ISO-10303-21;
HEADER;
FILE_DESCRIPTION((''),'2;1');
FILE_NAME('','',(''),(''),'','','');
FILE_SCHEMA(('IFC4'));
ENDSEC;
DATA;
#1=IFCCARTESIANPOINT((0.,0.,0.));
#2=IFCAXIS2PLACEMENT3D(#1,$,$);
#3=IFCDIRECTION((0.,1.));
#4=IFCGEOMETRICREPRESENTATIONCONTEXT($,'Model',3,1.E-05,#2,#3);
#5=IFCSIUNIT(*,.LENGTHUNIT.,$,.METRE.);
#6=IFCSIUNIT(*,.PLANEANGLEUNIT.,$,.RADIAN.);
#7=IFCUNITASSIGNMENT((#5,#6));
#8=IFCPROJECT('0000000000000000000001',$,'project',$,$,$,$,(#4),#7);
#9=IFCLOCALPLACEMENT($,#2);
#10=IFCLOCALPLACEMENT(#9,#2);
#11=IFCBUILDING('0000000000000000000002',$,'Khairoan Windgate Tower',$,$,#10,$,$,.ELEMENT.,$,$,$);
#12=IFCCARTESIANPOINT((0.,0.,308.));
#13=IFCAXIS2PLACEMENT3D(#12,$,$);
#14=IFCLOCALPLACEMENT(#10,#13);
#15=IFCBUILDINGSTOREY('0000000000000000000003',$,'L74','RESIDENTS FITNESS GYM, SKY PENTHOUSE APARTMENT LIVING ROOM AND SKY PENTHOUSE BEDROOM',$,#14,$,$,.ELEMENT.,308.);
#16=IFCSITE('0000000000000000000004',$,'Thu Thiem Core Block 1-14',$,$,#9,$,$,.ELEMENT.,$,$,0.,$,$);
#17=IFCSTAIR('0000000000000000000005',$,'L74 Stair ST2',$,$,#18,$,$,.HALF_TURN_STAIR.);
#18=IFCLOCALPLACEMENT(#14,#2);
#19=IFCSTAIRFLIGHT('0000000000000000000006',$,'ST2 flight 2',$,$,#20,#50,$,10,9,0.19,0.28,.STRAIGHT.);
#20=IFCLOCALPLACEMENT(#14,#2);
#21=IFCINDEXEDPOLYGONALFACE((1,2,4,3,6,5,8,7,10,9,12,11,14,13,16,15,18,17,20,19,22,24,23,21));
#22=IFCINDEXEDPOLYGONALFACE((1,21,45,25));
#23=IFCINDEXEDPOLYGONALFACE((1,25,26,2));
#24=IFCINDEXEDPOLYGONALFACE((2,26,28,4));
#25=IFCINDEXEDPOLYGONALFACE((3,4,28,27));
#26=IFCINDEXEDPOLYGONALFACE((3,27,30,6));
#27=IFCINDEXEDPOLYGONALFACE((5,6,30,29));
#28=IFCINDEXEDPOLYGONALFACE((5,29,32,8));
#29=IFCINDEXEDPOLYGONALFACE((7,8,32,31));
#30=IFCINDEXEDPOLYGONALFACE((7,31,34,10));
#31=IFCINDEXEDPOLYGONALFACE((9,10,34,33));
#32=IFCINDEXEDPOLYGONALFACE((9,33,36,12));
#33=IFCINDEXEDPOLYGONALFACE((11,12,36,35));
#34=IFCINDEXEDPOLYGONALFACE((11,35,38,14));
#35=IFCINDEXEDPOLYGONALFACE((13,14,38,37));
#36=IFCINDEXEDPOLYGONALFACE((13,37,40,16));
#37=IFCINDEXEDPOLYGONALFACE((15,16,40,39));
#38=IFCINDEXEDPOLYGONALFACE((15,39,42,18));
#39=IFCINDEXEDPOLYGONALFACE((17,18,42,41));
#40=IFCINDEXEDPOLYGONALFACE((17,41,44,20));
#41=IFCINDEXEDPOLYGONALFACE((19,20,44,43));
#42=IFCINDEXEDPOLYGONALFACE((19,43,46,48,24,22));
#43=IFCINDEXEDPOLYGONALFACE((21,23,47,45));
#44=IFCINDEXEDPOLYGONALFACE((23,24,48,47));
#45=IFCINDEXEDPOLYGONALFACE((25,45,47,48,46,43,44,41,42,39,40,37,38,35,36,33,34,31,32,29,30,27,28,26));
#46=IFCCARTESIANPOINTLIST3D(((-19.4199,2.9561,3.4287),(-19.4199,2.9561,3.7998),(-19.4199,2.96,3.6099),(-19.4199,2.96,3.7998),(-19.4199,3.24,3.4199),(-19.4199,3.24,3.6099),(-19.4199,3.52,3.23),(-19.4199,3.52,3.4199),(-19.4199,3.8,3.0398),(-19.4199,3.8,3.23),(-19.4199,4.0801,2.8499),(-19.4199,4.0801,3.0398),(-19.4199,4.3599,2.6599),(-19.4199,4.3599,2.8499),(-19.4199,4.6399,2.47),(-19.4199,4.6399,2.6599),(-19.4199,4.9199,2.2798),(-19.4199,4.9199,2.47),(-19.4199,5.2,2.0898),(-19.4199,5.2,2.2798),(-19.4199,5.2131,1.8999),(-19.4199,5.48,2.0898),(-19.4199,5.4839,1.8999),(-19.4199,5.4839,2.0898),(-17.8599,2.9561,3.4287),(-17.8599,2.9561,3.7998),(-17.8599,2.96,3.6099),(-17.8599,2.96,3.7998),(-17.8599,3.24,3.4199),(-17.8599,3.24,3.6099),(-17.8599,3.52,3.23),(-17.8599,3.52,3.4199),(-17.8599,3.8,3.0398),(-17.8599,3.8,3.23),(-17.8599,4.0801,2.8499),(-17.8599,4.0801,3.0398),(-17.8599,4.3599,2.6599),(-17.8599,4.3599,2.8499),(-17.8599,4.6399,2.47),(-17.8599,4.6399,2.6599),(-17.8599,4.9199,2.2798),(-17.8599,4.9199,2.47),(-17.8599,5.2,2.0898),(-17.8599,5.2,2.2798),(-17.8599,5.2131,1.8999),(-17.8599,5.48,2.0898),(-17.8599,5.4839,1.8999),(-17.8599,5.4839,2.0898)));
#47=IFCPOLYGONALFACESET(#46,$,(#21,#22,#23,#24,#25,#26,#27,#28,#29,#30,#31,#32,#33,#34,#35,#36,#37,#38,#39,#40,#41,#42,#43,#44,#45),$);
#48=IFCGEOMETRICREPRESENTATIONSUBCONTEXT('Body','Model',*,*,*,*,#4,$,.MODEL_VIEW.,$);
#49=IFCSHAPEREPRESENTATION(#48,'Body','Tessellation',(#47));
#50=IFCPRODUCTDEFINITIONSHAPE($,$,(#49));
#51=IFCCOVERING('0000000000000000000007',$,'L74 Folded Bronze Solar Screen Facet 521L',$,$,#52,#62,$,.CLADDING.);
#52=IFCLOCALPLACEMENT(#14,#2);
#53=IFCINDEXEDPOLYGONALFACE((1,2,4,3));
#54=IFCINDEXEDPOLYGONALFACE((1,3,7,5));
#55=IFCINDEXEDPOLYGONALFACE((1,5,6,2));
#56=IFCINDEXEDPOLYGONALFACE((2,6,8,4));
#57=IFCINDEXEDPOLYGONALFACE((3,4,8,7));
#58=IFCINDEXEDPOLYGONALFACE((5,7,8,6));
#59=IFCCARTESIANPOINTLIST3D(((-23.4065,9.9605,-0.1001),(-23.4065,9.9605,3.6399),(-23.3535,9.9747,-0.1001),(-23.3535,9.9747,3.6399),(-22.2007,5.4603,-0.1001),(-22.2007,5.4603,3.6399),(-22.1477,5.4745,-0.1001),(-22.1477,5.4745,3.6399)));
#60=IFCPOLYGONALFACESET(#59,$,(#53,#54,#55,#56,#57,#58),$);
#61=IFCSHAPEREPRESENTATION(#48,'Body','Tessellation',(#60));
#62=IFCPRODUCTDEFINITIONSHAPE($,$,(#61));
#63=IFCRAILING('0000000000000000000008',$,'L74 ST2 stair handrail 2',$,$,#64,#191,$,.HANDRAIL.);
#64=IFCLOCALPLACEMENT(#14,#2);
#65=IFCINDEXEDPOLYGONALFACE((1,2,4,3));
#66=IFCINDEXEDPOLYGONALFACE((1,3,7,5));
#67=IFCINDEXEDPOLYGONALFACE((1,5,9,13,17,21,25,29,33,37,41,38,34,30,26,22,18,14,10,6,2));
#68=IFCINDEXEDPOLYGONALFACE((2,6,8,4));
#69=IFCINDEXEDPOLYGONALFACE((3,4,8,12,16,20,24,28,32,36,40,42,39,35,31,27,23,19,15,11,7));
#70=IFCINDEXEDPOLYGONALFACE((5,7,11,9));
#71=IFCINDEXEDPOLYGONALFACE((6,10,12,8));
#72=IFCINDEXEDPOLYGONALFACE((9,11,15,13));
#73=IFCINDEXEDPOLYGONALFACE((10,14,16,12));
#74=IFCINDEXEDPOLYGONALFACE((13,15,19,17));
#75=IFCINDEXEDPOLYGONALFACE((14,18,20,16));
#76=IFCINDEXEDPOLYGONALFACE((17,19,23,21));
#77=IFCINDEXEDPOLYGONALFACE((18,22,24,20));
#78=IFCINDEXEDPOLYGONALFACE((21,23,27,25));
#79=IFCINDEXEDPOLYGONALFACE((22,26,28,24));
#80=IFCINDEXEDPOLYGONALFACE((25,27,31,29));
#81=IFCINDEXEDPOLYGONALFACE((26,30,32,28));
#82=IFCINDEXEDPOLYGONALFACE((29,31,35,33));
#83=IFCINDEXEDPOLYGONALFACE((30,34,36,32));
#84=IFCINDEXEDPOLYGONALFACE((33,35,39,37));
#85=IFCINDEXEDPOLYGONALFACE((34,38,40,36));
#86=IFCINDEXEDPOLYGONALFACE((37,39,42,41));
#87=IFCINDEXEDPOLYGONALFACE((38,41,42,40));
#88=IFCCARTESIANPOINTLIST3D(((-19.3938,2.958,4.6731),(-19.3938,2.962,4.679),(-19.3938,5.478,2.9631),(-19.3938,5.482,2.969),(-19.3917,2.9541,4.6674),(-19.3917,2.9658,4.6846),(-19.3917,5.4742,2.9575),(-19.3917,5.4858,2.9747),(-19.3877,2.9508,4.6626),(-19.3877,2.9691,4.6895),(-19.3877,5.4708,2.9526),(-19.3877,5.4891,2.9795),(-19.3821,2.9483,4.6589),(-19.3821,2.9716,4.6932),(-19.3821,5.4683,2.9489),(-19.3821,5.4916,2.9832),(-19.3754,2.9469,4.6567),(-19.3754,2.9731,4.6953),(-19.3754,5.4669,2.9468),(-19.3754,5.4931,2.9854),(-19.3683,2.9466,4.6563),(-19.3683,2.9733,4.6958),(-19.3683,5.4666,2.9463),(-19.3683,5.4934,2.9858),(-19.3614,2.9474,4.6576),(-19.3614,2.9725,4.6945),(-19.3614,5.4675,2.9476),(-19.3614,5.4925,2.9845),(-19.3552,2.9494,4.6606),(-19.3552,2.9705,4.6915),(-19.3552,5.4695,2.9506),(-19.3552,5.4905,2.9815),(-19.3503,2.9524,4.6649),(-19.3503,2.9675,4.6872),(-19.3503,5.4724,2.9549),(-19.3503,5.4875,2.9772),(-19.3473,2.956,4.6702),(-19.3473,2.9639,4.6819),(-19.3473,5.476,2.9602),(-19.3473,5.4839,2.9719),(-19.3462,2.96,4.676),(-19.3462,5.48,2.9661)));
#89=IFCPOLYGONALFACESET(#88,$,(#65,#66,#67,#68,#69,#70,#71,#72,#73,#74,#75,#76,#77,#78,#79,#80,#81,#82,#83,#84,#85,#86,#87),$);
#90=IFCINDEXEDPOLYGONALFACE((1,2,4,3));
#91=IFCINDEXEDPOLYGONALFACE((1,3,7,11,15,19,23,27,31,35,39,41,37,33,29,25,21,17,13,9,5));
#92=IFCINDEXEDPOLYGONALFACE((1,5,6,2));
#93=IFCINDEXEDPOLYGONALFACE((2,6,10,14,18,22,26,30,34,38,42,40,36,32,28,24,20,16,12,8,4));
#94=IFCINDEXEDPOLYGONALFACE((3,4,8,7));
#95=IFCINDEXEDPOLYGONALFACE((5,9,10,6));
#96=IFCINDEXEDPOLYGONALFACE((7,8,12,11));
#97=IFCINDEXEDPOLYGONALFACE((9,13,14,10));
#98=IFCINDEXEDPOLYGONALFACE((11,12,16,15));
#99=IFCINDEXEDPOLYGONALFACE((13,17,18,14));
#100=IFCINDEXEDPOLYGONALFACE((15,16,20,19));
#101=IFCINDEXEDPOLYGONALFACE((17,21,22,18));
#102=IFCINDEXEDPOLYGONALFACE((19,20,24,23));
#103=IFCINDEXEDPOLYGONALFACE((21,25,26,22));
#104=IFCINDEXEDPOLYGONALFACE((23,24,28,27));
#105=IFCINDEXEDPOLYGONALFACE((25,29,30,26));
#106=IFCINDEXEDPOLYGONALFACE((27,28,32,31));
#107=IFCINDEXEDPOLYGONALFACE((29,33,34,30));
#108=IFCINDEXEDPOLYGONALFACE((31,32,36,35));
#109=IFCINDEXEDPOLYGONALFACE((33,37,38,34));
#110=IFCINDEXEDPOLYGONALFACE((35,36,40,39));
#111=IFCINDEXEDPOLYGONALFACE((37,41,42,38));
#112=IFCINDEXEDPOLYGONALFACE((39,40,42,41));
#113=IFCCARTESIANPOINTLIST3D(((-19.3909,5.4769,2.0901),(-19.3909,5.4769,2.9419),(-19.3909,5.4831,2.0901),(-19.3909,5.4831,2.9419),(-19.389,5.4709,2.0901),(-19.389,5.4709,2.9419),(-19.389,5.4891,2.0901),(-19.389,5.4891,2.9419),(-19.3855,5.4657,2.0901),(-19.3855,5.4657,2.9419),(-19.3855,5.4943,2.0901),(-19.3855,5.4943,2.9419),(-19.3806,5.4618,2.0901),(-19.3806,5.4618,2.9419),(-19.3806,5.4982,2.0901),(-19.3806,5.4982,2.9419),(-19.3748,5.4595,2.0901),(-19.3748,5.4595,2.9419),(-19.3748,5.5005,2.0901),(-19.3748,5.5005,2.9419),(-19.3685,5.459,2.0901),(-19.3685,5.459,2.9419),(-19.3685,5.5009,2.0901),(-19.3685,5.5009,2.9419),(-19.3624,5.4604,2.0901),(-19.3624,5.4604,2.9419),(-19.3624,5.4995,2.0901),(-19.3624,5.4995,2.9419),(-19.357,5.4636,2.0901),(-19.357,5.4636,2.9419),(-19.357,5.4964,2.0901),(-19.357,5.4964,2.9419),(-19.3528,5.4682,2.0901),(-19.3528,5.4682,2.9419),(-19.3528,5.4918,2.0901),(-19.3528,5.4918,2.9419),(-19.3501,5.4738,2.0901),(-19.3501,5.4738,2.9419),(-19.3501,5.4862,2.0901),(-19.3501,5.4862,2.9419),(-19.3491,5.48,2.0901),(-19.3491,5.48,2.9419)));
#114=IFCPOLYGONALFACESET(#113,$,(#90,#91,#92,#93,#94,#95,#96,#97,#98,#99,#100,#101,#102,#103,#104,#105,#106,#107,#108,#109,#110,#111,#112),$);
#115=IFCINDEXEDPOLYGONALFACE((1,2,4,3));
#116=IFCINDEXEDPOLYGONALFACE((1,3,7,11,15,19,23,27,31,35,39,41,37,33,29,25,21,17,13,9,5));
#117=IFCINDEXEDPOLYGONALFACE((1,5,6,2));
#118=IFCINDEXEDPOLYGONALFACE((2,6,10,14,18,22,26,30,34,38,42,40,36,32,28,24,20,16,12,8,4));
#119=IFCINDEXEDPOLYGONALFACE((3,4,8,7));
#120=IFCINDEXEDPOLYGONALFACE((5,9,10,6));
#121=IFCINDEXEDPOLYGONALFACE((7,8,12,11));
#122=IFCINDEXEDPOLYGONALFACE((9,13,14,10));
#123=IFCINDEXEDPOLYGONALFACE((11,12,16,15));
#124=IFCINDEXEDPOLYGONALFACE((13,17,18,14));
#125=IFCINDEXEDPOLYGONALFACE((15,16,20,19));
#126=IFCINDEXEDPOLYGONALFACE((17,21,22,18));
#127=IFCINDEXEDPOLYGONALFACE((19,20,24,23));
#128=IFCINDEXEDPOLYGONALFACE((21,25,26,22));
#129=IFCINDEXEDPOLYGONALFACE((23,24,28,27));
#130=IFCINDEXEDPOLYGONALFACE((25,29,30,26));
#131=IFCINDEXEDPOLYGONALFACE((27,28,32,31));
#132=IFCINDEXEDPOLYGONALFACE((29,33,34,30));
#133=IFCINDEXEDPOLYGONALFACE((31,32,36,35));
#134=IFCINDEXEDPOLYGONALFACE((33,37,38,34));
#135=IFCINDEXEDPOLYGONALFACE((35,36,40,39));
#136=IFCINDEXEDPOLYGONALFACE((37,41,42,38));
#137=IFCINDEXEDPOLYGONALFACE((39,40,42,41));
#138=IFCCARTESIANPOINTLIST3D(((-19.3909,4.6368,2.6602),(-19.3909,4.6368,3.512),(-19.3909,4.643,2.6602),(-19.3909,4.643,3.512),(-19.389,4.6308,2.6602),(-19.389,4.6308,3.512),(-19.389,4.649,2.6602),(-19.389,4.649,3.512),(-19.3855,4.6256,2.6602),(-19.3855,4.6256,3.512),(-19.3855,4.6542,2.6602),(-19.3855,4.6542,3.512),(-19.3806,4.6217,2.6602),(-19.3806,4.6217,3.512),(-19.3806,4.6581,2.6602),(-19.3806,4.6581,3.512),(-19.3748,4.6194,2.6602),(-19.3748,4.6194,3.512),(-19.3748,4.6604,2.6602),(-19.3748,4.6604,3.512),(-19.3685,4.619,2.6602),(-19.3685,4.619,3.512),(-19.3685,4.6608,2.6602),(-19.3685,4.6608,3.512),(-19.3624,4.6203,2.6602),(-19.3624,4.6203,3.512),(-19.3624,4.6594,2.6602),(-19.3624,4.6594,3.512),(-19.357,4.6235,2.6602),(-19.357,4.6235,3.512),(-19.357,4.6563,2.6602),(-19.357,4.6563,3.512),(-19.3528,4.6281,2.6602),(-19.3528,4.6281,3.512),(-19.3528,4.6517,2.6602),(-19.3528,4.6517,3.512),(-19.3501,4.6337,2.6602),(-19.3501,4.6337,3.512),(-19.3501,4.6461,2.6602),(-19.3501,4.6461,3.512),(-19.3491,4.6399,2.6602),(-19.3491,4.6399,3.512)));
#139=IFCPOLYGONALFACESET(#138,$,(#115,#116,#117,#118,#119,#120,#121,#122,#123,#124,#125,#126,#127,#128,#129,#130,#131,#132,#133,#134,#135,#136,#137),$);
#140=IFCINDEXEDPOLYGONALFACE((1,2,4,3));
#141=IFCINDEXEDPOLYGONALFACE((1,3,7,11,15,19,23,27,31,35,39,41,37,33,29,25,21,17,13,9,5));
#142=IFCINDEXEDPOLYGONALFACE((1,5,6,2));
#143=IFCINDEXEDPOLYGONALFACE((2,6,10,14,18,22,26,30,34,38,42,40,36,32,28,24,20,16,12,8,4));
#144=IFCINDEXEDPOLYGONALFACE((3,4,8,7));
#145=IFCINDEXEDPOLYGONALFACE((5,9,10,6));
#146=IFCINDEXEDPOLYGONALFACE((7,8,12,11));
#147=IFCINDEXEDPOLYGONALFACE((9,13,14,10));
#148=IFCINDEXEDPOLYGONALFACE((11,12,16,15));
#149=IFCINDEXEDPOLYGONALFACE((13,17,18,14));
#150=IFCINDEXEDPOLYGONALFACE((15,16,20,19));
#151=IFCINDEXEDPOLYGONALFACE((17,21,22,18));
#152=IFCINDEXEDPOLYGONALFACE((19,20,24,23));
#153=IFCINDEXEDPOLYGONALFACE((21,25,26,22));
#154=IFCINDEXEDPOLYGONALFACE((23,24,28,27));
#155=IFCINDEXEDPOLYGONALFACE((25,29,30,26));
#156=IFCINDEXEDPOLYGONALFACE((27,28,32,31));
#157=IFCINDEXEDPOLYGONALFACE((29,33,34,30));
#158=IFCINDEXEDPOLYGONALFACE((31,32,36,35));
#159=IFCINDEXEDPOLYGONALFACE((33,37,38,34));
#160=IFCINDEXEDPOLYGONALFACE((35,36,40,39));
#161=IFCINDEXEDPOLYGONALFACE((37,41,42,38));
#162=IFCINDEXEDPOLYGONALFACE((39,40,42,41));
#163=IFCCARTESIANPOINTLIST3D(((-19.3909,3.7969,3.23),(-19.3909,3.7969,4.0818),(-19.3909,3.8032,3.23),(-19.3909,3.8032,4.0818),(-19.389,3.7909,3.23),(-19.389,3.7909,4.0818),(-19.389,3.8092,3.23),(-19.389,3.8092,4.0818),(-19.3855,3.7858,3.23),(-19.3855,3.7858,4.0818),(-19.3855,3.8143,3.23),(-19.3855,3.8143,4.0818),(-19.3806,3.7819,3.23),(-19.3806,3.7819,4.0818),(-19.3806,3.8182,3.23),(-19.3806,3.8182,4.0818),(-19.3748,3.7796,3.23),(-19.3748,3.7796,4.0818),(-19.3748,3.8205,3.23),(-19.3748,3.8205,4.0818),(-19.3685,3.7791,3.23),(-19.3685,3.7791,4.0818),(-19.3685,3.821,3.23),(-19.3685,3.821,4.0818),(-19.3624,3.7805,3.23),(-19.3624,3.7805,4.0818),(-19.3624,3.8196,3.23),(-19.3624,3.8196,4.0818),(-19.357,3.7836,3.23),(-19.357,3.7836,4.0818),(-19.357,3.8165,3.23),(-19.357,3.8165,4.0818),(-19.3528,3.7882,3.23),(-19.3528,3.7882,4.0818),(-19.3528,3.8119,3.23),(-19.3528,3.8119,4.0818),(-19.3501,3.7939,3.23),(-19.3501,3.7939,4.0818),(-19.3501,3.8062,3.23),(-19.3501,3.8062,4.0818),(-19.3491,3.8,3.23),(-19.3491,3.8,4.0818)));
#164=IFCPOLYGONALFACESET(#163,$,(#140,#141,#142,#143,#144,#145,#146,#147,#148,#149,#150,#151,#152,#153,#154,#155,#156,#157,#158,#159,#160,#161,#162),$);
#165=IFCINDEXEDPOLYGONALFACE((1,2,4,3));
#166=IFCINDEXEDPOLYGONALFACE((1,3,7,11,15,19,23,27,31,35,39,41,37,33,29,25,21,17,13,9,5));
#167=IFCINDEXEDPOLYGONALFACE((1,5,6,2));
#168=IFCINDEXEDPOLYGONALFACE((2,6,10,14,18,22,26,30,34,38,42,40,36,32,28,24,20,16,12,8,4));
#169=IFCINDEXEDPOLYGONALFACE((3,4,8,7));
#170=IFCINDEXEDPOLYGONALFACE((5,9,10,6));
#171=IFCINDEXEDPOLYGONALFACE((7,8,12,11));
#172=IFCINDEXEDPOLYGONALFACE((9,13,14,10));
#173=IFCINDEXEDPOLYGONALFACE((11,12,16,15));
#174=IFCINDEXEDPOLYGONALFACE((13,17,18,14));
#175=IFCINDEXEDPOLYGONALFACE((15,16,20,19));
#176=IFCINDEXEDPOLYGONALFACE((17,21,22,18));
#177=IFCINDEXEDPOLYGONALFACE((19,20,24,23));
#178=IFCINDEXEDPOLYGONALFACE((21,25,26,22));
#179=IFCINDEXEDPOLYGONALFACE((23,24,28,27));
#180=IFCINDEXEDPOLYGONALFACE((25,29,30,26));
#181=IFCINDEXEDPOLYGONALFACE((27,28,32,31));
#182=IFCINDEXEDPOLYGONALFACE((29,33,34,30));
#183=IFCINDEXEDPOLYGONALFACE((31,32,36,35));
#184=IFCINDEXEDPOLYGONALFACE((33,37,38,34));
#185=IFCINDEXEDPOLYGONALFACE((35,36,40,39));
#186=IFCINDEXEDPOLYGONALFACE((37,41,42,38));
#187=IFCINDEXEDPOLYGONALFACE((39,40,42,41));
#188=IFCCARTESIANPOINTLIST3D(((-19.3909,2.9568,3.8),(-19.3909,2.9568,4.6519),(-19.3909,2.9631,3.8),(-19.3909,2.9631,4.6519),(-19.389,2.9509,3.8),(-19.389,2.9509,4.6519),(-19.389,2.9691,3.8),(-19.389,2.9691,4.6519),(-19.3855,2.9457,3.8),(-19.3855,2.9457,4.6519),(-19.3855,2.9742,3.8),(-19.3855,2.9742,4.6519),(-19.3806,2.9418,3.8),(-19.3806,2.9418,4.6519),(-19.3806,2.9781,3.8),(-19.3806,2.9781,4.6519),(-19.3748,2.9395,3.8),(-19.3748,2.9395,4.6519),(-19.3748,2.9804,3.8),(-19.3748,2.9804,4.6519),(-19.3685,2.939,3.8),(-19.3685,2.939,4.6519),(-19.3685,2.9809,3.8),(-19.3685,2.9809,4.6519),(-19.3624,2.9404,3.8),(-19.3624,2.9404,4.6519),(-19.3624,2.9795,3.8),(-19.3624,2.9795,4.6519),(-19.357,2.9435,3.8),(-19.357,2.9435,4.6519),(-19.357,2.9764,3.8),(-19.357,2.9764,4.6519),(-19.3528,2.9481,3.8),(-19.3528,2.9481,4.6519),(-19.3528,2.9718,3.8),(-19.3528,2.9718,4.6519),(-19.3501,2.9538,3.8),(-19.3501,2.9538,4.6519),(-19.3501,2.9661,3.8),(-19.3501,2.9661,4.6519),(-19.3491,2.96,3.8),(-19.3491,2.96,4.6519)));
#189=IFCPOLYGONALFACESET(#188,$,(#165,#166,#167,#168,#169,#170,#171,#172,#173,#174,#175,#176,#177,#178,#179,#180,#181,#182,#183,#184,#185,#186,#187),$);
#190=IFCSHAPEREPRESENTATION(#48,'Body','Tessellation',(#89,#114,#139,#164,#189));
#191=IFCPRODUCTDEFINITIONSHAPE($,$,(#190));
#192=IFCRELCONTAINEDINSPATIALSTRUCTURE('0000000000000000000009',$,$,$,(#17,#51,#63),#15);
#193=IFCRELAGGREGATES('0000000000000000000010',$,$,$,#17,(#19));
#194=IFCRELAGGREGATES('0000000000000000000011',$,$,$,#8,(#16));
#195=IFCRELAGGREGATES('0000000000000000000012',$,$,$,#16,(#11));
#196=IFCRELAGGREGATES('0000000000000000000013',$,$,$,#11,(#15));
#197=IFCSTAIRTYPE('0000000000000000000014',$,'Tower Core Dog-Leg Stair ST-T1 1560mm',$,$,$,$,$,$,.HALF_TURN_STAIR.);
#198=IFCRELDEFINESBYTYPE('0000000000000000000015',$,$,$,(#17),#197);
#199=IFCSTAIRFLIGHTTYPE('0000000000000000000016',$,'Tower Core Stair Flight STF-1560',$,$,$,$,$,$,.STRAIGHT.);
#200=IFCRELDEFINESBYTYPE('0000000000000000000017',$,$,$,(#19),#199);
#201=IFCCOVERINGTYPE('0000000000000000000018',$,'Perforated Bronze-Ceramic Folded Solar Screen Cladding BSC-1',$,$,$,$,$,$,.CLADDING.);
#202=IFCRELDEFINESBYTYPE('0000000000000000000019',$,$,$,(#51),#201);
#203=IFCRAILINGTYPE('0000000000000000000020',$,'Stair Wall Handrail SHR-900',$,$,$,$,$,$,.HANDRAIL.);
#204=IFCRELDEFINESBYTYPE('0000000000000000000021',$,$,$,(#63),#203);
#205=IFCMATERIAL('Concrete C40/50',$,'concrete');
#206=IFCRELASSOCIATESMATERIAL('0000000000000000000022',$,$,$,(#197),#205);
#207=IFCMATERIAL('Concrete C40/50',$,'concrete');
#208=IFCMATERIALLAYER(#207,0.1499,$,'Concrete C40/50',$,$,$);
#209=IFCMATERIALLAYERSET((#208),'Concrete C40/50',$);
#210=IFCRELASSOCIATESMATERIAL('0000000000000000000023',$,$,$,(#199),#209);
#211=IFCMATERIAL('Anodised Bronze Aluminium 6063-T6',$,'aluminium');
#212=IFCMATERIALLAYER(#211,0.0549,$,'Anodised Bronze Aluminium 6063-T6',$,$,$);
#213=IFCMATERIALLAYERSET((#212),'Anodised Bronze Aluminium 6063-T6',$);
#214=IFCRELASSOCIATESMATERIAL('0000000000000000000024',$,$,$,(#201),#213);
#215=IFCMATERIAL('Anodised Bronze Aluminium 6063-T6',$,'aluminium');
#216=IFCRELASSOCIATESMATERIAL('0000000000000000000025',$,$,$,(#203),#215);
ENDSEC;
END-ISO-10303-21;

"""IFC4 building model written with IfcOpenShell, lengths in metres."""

from ifc_helpers import new_model, si_unit, direction, frame, origin, origin_2d, place, context, subcontext, project, spatial, polyline, rectangle, circle, outline, extrude, material, layer, layer_set, type_object, element, aggregate, save


model = new_model("IFC4")

# Units and contexts
model_context = context("Model", 3, precision=1e-05, world=origin(), true_north=direction((0.0, 1.0)))
body_context = subcontext(model_context, "Body", "Model", "MODEL_VIEW")
ifc_project = project(units=[si_unit("LENGTHUNIT", "METRE"), si_unit("PLANEANGLEUNIT", "RADIAN")], contexts=[model_context])

# Site, building, storey
site_placement = place(None, origin())
site = spatial("IfcSite", under=ifc_project, at=site_placement, Name="Thu Thiem Core Block 1-14", CompositionType="ELEMENT", RefElevation=0.0)
building_placement = place(site_placement, origin())
building = spatial("IfcBuilding", under=site, at=building_placement, Name="Khairoan Windgate Tower", CompositionType="ELEMENT")
storey_placement = place(building_placement, frame((0.0, 0.0, 308.0)))
storey = spatial("IfcBuildingStorey", under=building, at=storey_placement, Name="L74", Description="RESIDENTS FITNESS GYM, SKY PENTHOUSE APARTMENT LIVING ROOM AND SKY PENTHOUSE BEDROOM", CompositionType="ELEMENT", Elevation=308.0)

# Stair, stair flight
ifc_material_1 = material(Name="Concrete C40/50", Category="concrete")
stair_type = type_object("IfcStairType", Name="Tower Core Dog-Leg Stair ST-T1 1560mm", PredefinedType="HALF_TURN_STAIR", material=ifc_material_1)
stair_placement = place(storey_placement, origin())
stair = element("IfcStair", 1, at=stair_placement, inside=storey, type_object=stair_type, Name="L74 Stair ST2", PredefinedType="HALF_TURN_STAIR")
ifc_material_2 = material(Name="Concrete C40/50", Category="concrete")
ifc_layer_1 = layer(ifc_material_2, 0.1499, Name="Concrete C40/50")
ifc_layer_set_1 = layer_set([ifc_layer_1], Name="Concrete C40/50")
stair_flight_type = type_object("IfcStairFlightType", Name="Tower Core Stair Flight STF-1560", PredefinedType="STRAIGHT", material=ifc_layer_set_1)
stair_flight_1_placement = place(storey_placement, frame((-18.6399, 5.48, 1.8999), z_axis=(0.0, 0.0, 1.0), x_axis=(0.0, -1.0, 0.0)))
stair_flight_1 = element("IfcStairFlight", 2, at=stair_flight_1_placement, type_object=stair_flight_type, Name="ST2 flight 2", NumberOfRisers=10, NumberOfTreads=9, PredefinedType="STRAIGHT", RiserHeight=0.19, TreadLength=0.28, context=body_context, shape_type="SweptSolid", body=[
    extrude(outline(polyline([(-0.0039, 0.0), (-0.0039, 0.1899), (0.0, 0.1899), (0.28, 0.1899), (0.28, 0.3799), (0.5601, 0.3799), (0.5601, 0.5701), (0.8401, 0.5701), (0.8401, 0.76), (1.1201, 0.76), (1.1201, 0.95), (1.3999, 0.95), (1.3999, 1.1399), (1.6799, 1.1399), (1.6799, 1.3301), (1.96, 1.3301), (1.96, 1.52), (2.24, 1.52), (2.24, 1.71), (2.52, 1.71), (2.52, 1.8999), (2.5239, 1.8999), (2.5239, 1.5288), (0.2668, 0.0), (-0.0039, 0.0)])), frame((0.0, 0.78, 0.0), z_axis=(0.0, -1.0, 0.0), x_axis=(1.0, 0.0, 0.0)), (0.0, 0.0, 1.0), 1.5601),
])
aggregate(stair, [stair_flight_1])

# Covering
ifc_material_3 = material(Name="Anodised Bronze Aluminium 6063-T6", Category="aluminium")
ifc_layer_2 = layer(ifc_material_3, 0.0549, Name="Anodised Bronze Aluminium 6063-T6")
ifc_layer_set_2 = layer_set([ifc_layer_2], Name="Anodised Bronze Aluminium 6063-T6")
covering_type = type_object("IfcCoveringType", Name="Perforated Bronze-Ceramic Folded Solar Screen Cladding BSC-1", PredefinedType="CLADDING", material=ifc_layer_set_2)
covering_placement = place(storey_placement, frame((-22.7771, 7.7175, -0.1001), z_axis=(0.0, 0.0, 1.0), x_axis=(-0.258819, 0.965926, 0.0)))
element("IfcCovering", 3, at=covering_placement, inside=storey, type_object=covering_type, Name="L74 Folded Bronze Solar Screen Facet 521L", PredefinedType="CLADDING", context=body_context, shape_type="SweptSolid", body=[
    extrude(rectangle(XDim=4.6589, YDim=0.0549, at=origin_2d()), origin(), (0.0, 0.0, 1.0), 3.74),
])

# Railing
ifc_material_4 = material(Name="Anodised Bronze Aluminium 6063-T6", Category="aluminium")
railing_type_1 = type_object("IfcRailingType", Name="Stair Wall Handrail SHR-900", PredefinedType="HANDRAIL", material=ifc_material_4)
railing_1_placement = place(storey_placement, frame((-19.3701, 5.48, 2.0901)))
element("IfcRailing", 4, at=railing_1_placement, inside=storey, type_object=railing_type_1, Name="L74 ST2 stair handrail 2", PredefinedType="HANDRAIL", context=body_context, shape_type="SweptSolid", body=[
    extrude(circle(Radius=0.0239, at=origin_2d()), frame((0.0, 0.0, 0.876), z_axis=(0.0, -0.827484, 0.56149), x_axis=(1.0, 0.0, 0.0)), (0.0, 0.0, 1.0), 3.0454),
    extrude(circle(Radius=0.021, at=origin_2d()), origin(), (0.0, 0.0, 1.0), 0.8518),
    extrude(circle(Radius=0.021, at=origin_2d()), frame((0.0, -0.8401, 0.5701)), (0.0, 0.0, 1.0), 0.8518),
    extrude(circle(Radius=0.021, at=origin_2d()), frame((0.0, -1.6799, 1.1399)), (0.0, 0.0, 1.0), 0.8518),
    extrude(circle(Radius=0.021, at=origin_2d()), frame((0.0, -2.52, 1.71)), (0.0, 0.0, 1.0), 0.8518),
])

save(model, "model.ifc")
